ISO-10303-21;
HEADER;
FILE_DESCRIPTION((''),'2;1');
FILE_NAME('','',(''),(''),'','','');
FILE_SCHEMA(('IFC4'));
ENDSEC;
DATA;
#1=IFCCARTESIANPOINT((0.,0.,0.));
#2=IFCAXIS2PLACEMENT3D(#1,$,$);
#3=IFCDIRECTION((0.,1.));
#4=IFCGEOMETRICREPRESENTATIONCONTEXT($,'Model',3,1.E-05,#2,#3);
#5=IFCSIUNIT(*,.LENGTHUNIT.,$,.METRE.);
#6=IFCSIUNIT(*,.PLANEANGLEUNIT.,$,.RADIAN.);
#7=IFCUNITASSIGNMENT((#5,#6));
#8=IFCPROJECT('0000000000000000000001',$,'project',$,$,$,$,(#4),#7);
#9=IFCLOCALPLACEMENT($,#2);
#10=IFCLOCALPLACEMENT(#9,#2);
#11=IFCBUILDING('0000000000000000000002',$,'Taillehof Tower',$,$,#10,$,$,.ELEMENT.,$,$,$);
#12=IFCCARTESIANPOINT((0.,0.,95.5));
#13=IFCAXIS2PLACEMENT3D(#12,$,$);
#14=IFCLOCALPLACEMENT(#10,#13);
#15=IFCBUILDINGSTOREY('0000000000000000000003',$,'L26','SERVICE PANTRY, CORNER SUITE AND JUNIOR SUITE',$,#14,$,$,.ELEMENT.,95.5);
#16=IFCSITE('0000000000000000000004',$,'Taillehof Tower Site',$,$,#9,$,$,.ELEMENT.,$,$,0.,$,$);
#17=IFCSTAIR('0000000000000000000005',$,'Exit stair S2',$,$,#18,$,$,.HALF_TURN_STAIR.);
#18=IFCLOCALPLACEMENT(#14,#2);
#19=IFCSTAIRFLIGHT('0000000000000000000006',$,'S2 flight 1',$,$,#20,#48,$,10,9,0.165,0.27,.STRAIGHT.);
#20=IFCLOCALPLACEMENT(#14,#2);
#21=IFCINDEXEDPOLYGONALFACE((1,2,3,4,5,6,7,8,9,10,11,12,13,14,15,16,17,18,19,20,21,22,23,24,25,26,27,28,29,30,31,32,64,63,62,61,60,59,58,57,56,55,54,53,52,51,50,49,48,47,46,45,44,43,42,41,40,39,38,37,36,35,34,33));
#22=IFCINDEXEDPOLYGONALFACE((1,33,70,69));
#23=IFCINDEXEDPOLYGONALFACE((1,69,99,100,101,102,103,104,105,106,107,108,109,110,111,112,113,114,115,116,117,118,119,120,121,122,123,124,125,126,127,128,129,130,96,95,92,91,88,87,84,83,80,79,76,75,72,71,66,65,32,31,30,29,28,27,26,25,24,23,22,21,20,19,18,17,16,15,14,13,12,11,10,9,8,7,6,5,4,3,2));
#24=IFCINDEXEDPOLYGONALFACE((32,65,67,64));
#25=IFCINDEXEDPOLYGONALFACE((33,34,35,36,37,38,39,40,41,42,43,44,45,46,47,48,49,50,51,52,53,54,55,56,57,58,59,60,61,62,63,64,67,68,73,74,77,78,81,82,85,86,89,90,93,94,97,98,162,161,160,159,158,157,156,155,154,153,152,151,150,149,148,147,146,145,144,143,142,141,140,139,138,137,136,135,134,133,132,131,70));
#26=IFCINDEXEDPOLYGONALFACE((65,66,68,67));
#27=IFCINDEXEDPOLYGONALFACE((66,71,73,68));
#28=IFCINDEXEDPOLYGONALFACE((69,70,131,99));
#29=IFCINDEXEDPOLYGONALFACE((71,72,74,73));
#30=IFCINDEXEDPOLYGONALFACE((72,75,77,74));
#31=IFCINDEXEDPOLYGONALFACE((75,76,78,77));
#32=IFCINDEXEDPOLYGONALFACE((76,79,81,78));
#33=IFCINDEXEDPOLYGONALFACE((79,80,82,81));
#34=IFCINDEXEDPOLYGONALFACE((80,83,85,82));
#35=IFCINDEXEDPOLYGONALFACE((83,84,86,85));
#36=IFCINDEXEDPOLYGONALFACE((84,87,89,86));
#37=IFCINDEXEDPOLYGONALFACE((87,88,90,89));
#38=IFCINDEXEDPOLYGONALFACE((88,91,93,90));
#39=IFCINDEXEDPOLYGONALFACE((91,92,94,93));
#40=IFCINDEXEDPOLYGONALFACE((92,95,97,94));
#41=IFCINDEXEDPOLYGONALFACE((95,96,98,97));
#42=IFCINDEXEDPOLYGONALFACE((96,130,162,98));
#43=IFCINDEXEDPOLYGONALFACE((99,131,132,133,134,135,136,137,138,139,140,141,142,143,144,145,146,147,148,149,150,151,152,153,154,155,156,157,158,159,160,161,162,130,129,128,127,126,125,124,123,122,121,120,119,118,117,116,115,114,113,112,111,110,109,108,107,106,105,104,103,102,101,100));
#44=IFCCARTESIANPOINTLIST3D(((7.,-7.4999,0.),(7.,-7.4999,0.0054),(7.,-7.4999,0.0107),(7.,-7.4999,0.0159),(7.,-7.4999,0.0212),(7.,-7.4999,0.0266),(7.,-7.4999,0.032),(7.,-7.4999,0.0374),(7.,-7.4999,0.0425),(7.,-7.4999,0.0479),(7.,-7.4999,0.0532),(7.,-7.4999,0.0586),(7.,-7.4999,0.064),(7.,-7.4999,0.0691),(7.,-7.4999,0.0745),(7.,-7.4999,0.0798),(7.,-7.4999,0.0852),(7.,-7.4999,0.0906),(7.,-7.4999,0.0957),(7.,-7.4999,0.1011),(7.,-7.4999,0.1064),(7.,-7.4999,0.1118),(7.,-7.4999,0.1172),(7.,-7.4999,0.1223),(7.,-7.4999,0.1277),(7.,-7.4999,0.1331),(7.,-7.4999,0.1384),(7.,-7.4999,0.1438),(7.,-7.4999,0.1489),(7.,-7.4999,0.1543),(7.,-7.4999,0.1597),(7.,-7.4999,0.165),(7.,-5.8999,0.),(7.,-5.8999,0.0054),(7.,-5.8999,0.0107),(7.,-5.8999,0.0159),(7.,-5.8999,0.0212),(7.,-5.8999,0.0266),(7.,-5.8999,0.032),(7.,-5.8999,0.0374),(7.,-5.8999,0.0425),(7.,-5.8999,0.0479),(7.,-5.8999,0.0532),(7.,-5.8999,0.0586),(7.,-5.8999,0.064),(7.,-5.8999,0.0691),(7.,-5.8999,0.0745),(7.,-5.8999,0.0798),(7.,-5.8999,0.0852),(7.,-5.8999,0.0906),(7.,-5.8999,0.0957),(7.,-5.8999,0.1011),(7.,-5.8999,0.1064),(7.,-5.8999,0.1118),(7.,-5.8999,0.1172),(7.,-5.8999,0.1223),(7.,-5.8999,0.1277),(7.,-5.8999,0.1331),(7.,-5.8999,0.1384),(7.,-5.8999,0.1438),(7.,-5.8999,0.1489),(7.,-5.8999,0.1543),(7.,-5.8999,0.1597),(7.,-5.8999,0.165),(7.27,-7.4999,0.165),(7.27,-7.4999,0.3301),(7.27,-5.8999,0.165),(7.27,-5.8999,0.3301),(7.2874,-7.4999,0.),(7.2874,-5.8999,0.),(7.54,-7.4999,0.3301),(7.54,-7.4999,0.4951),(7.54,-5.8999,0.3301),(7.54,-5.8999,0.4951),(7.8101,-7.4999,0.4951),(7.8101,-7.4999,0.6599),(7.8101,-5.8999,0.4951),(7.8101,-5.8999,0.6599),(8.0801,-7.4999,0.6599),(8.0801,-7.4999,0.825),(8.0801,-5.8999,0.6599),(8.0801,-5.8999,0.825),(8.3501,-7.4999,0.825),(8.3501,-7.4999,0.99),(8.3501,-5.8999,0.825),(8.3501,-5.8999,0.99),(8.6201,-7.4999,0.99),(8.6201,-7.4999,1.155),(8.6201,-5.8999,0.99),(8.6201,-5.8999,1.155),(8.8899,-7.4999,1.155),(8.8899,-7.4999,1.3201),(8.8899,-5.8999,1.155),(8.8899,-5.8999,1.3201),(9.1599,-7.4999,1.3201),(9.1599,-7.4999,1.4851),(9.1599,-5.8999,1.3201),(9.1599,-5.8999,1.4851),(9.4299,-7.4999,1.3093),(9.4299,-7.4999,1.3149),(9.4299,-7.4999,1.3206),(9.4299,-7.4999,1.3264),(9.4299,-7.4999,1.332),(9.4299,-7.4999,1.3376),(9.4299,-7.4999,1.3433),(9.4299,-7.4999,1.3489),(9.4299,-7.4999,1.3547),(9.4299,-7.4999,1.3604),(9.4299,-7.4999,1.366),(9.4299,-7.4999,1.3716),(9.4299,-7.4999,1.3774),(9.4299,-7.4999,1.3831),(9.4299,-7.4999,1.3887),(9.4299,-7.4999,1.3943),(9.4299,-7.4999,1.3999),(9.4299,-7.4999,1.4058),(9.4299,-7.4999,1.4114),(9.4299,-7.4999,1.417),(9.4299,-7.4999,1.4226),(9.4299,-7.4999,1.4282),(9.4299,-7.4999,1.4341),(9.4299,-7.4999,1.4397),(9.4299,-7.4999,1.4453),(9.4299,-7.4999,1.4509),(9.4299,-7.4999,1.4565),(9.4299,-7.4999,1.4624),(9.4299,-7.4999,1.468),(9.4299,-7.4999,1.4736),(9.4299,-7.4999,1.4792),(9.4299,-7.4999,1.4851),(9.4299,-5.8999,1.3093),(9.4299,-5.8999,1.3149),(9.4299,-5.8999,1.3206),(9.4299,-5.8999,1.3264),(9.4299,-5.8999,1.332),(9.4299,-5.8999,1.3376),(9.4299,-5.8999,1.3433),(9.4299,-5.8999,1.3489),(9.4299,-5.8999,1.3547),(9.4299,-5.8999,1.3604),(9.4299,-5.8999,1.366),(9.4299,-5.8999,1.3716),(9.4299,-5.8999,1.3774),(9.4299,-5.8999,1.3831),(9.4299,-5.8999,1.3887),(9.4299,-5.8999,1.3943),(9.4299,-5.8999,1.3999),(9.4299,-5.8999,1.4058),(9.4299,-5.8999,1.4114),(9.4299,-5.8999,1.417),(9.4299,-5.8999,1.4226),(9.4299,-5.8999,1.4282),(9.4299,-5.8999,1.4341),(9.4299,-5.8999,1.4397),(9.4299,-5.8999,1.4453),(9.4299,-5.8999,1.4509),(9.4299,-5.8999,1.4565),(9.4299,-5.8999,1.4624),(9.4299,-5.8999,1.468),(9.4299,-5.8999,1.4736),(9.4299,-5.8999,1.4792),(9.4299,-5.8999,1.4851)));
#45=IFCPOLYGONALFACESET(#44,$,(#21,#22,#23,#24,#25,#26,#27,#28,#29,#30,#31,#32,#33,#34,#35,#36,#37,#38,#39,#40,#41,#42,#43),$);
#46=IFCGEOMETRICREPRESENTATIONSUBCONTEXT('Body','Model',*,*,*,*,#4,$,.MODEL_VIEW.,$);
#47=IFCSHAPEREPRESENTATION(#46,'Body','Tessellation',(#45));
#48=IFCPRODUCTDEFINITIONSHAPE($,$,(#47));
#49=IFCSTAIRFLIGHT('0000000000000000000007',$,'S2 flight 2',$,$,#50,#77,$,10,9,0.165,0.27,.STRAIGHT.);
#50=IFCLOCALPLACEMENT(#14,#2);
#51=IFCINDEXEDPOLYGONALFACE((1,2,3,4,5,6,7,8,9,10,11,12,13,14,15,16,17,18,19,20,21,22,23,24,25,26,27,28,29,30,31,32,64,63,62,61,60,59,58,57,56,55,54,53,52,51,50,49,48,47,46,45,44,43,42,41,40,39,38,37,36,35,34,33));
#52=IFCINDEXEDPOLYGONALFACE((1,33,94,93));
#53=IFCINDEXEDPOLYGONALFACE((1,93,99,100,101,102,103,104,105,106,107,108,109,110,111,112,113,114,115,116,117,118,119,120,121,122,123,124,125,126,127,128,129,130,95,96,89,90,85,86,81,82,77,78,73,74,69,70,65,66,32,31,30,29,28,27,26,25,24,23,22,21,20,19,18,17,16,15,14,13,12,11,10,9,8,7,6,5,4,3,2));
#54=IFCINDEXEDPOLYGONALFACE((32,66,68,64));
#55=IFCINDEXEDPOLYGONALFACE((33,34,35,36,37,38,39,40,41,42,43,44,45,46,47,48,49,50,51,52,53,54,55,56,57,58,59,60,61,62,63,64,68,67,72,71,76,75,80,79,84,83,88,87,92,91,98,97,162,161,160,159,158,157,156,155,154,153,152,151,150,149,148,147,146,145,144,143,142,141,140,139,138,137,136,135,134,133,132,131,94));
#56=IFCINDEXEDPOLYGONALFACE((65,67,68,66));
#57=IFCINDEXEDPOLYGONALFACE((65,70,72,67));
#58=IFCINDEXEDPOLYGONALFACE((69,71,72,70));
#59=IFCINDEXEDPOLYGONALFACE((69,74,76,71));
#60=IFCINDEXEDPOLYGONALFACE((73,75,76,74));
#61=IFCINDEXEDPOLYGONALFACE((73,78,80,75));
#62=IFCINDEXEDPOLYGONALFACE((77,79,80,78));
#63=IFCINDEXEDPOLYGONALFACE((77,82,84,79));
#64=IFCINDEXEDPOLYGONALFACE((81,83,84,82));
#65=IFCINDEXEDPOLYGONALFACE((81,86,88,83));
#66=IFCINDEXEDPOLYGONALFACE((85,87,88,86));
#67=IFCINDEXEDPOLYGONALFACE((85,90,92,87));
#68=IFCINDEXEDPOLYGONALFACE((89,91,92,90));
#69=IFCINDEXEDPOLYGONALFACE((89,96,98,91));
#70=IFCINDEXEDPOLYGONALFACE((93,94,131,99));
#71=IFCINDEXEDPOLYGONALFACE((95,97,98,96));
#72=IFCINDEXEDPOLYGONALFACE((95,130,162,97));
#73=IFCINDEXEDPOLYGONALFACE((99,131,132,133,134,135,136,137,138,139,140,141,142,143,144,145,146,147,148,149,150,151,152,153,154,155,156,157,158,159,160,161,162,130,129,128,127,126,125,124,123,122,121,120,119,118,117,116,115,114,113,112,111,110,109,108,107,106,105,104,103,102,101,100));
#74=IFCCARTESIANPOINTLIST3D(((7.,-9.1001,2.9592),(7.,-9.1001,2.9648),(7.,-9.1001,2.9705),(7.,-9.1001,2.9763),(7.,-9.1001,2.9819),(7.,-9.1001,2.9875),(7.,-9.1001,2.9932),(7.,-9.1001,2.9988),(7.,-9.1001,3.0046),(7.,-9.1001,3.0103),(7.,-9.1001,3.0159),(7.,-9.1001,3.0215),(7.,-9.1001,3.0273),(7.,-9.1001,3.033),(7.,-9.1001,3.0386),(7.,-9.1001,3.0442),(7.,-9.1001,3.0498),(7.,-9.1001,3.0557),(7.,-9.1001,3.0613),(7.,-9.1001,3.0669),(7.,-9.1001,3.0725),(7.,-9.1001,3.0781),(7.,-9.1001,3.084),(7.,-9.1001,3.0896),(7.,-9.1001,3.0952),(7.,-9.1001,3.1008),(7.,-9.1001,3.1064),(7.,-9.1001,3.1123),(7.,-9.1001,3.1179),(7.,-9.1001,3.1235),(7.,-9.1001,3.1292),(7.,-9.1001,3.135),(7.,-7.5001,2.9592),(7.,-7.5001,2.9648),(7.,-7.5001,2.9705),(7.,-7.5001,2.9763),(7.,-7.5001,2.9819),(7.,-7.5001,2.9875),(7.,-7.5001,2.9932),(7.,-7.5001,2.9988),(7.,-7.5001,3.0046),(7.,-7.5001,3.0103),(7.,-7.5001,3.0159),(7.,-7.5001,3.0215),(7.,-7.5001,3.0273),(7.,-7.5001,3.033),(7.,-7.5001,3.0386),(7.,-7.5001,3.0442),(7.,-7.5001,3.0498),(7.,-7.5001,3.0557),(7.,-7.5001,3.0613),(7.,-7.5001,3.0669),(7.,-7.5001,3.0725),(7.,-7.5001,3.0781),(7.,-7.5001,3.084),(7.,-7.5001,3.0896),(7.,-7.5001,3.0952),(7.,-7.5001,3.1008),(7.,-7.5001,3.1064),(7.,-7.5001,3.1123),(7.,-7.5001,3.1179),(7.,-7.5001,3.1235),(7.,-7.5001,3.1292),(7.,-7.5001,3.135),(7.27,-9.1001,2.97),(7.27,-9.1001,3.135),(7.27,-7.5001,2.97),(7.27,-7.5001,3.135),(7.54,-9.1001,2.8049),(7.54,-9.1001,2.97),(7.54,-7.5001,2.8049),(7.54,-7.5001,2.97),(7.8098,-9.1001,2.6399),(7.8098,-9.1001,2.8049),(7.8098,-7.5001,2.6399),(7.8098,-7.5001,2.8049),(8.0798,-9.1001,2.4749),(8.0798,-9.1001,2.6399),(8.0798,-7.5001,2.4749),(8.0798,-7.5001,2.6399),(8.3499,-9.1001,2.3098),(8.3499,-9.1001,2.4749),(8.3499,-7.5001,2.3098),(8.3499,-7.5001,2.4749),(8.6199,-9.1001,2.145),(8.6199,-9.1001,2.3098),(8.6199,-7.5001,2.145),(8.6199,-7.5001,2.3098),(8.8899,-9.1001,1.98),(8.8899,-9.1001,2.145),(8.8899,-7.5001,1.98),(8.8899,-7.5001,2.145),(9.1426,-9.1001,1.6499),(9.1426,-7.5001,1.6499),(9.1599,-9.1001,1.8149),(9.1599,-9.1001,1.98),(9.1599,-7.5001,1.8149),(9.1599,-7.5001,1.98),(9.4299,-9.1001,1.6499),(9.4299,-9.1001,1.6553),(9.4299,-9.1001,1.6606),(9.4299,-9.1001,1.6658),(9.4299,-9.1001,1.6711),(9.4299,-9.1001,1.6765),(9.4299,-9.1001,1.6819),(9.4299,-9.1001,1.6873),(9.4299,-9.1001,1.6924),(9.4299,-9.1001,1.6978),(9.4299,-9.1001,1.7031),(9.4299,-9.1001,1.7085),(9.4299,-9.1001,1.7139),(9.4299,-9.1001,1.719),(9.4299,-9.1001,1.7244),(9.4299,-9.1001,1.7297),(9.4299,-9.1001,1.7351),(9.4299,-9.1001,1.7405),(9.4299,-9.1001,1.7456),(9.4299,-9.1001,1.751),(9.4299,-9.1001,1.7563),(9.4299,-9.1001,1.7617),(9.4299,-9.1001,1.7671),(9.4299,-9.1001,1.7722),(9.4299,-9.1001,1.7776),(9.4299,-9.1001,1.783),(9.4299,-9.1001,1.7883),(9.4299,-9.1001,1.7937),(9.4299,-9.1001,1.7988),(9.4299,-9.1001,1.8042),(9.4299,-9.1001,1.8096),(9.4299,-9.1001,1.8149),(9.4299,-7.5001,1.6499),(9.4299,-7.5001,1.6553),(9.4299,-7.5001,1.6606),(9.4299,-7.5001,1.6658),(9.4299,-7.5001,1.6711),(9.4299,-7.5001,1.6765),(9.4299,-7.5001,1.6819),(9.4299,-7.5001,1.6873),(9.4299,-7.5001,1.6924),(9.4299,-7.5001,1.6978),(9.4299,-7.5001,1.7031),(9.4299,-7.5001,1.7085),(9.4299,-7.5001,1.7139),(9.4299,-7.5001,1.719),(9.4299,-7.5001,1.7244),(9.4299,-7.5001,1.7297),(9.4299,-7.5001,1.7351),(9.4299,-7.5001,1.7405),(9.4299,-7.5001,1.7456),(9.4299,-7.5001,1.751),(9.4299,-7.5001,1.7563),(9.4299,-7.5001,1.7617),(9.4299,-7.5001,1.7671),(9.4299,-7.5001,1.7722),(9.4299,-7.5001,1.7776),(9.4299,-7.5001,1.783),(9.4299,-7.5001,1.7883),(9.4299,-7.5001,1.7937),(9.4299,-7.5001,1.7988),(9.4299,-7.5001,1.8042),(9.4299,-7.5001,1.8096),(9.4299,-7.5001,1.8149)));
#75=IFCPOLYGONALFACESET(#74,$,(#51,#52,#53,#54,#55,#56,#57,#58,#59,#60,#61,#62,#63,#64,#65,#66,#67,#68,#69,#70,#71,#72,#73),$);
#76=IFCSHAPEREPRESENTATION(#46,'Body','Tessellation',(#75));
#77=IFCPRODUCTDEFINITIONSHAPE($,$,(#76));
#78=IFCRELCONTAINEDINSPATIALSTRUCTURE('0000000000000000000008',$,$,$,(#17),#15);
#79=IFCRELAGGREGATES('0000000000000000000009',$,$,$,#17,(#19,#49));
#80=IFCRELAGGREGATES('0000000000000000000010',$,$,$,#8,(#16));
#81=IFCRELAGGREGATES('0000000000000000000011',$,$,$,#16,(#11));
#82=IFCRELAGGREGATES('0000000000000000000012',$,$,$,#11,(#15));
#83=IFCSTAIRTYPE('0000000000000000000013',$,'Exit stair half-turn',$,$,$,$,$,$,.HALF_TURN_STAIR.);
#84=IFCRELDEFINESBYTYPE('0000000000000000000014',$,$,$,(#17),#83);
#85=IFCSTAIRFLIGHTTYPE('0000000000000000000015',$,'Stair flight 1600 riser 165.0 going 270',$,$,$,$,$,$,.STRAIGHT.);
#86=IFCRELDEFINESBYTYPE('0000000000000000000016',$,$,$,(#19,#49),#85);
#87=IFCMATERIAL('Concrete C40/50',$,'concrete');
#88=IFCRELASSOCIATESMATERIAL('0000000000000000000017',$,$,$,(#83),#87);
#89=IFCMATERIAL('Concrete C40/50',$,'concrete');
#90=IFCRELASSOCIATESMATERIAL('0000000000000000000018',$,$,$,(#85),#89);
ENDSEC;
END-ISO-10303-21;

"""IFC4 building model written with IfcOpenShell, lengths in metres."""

from ifc_helpers import new_model, si_unit, direction, frame, origin, place, context, subcontext, project, spatial, polyline, outline, extrude, material, type_object, element, aggregate, save


model = new_model("IFC4")

# Units and contexts
model_context = context("Model", 3, precision=1e-05, world=origin(), true_north=direction((0.0, 1.0)))
body_context = subcontext(model_context, "Body", "Model", "MODEL_VIEW")
ifc_project = project(units=[si_unit("LENGTHUNIT", "METRE"), si_unit("PLANEANGLEUNIT", "RADIAN")], contexts=[model_context])

# Site, building, storey
site_placement = place(None, origin())
site = spatial("IfcSite", under=ifc_project, at=site_placement, Name="Taillehof Tower Site", CompositionType="ELEMENT", RefElevation=0.0)
building_placement = place(site_placement, origin())
building = spatial("IfcBuilding", under=site, at=building_placement, Name="Taillehof Tower", CompositionType="ELEMENT")
storey_placement = place(building_placement, frame((0.0, 0.0, 95.5)))
storey = spatial("IfcBuildingStorey", under=building, at=storey_placement, Name="L26", Description="SERVICE PANTRY, CORNER SUITE AND JUNIOR SUITE", CompositionType="ELEMENT", Elevation=95.5)

# Stair, stair flights
ifc_material_1 = material(Name="Concrete C40/50", Category="concrete")
stair_type = type_object("IfcStairType", Name="Exit stair half-turn", PredefinedType="HALF_TURN_STAIR", material=ifc_material_1)
stair_placement = place(storey_placement, origin())
stair = element("IfcStair", 1, at=stair_placement, inside=storey, type_object=stair_type, Name="Exit stair S2", PredefinedType="HALF_TURN_STAIR")
ifc_material_2 = material(Name="Concrete C40/50", Category="concrete")
stair_flight_type = type_object("IfcStairFlightType", Name="Stair flight 1600 riser 165.0 going 270", PredefinedType="STRAIGHT", material=ifc_material_2)
stair_flight_1_placement = place(storey_placement, frame((7.0, -6.7, 0.0), z_axis=(0.0, 0.0, 1.0), x_axis=(1.0, 0.0, 0.0)))
stair_flight_1 = element("IfcStairFlight", 2, at=stair_flight_1_placement, type_object=stair_flight_type, Name="S2 flight 1", NumberOfRisers=10, NumberOfTreads=9, PredefinedType="STRAIGHT", RiserHeight=0.165, TreadLength=0.27, context=body_context, shape_type="SweptSolid", body=[
    extrude(outline(polyline([(0.0, 0.0), (0.0, 0.0054), (0.0, 0.0107), (0.0, 0.0159), (0.0, 0.0212), (0.0, 0.0266), (0.0, 0.032), (0.0, 0.0374), (0.0, 0.0425), (0.0, 0.0479), (0.0, 0.0532), (0.0, 0.0586), (0.0, 0.064), (0.0, 0.0691), (0.0, 0.0745), (0.0, 0.0798), (0.0, 0.0852), (0.0, 0.0906), (0.0, 0.0957), (0.0, 0.1011), (0.0, 0.1064), (0.0, 0.1118), (0.0, 0.1172), (0.0, 0.1223), (0.0, 0.1277), (0.0, 0.1331), (0.0, 0.1384), (0.0, 0.1438), (0.0, 0.1489), (0.0, 0.1543), (0.0, 0.1597), (0.0, 0.165), (0.27, 0.165), (0.27, 0.3301), (0.54, 0.3301), (0.54, 0.4951), (0.8101, 0.4951), (0.8101, 0.6599), (1.0801, 0.6599), (1.0801, 0.825), (1.3501, 0.825), (1.3501, 0.99), (1.6201, 0.99), (1.6201, 1.155), (1.8899, 1.155), (1.8899, 1.3201), (2.1599, 1.3201), (2.1599, 1.4851), (2.4299, 1.4851), (2.4299, 1.4792), (2.4299, 1.4736), (2.4299, 1.468), (2.4299, 1.4624), (2.4299, 1.4565), (2.4299, 1.4509), (2.4299, 1.4453), (2.4299, 1.4397), (2.4299, 1.4341), (2.4299, 1.4282), (2.4299, 1.4226), (2.4299, 1.417), (2.4299, 1.4114), (2.4299, 1.4058), (2.4299, 1.3999), (2.4299, 1.3943), (2.4299, 1.3887), (2.4299, 1.3831), (2.4299, 1.3774), (2.4299, 1.3716), (2.4299, 1.366), (2.4299, 1.3604), (2.4299, 1.3547), (2.4299, 1.3489), (2.4299, 1.3433), (2.4299, 1.3376), (2.4299, 1.332), (2.4299, 1.3264), (2.4299, 1.3206), (2.4299, 1.3149), (2.4299, 1.3093), (0.2874, 0.0), (0.0, 0.0)])), frame((0.0, 0.8, 0.0), z_axis=(0.0, -1.0, 0.0), x_axis=(1.0, 0.0, 0.0)), (0.0, 0.0, 1.0), 1.6),
])
stair_flight_2_placement = place(storey_placement, frame((9.4299, -8.3, 1.6499), z_axis=(0.0, 0.0, 1.0), x_axis=(-1.0, 0.0, 0.0)))
stair_flight_2 = element("IfcStairFlight", 3, at=stair_flight_2_placement, type_object=stair_flight_type, Name="S2 flight 2", NumberOfRisers=10, NumberOfTreads=9, PredefinedType="STRAIGHT", RiserHeight=0.165, TreadLength=0.27, context=body_context, shape_type="SweptSolid", body=[
    extrude(outline(polyline([(0.0, 0.0), (0.0, 0.0054), (0.0, 0.0107), (0.0, 0.0159), (0.0, 0.0212), (0.0, 0.0266), (0.0, 0.032), (0.0, 0.0374), (0.0, 0.0425), (0.0, 0.0479), (0.0, 0.0532), (0.0, 0.0586), (0.0, 0.064), (0.0, 0.0691), (0.0, 0.0745), (0.0, 0.0798), (0.0, 0.0852), (0.0, 0.0906), (0.0, 0.0957), (0.0, 0.1011), (0.0, 0.1064), (0.0, 0.1118), (0.0, 0.1172), (0.0, 0.1223), (0.0, 0.1277), (0.0, 0.1331), (0.0, 0.1384), (0.0, 0.1438), (0.0, 0.1489), (0.0, 0.1543), (0.0, 0.1597), (0.0, 0.165), (0.27, 0.165), (0.27, 0.3301), (0.54, 0.3301), (0.54, 0.4951), (0.8101, 0.4951), (0.8101, 0.6599), (1.0801, 0.6599), (1.0801, 0.825), (1.3501, 0.825), (1.3501, 0.99), (1.6201, 0.99), (1.6201, 1.155), (1.8899, 1.155), (1.8899, 1.3201), (2.1599, 1.3201), (2.1599, 1.4851), (2.4299, 1.4851), (2.4299, 1.4792), (2.4299, 1.4736), (2.4299, 1.468), (2.4299, 1.4624), (2.4299, 1.4565), (2.4299, 1.4509), (2.4299, 1.4453), (2.4299, 1.4397), (2.4299, 1.4341), (2.4299, 1.4282), (2.4299, 1.4226), (2.4299, 1.417), (2.4299, 1.4114), (2.4299, 1.4058), (2.4299, 1.3999), (2.4299, 1.3943), (2.4299, 1.3887), (2.4299, 1.3831), (2.4299, 1.3774), (2.4299, 1.3716), (2.4299, 1.366), (2.4299, 1.3604), (2.4299, 1.3547), (2.4299, 1.3489), (2.4299, 1.3433), (2.4299, 1.3376), (2.4299, 1.332), (2.4299, 1.3264), (2.4299, 1.3206), (2.4299, 1.3149), (2.4299, 1.3093), (0.2874, 0.0), (0.0, 0.0)])), frame((0.0, 0.8, 0.0), z_axis=(0.0, -1.0, 0.0), x_axis=(1.0, 0.0, 0.0)), (0.0, 0.0, 1.0), 1.6),
])
aggregate(stair, [stair_flight_1, stair_flight_2])

save(model, "model.ifc")
